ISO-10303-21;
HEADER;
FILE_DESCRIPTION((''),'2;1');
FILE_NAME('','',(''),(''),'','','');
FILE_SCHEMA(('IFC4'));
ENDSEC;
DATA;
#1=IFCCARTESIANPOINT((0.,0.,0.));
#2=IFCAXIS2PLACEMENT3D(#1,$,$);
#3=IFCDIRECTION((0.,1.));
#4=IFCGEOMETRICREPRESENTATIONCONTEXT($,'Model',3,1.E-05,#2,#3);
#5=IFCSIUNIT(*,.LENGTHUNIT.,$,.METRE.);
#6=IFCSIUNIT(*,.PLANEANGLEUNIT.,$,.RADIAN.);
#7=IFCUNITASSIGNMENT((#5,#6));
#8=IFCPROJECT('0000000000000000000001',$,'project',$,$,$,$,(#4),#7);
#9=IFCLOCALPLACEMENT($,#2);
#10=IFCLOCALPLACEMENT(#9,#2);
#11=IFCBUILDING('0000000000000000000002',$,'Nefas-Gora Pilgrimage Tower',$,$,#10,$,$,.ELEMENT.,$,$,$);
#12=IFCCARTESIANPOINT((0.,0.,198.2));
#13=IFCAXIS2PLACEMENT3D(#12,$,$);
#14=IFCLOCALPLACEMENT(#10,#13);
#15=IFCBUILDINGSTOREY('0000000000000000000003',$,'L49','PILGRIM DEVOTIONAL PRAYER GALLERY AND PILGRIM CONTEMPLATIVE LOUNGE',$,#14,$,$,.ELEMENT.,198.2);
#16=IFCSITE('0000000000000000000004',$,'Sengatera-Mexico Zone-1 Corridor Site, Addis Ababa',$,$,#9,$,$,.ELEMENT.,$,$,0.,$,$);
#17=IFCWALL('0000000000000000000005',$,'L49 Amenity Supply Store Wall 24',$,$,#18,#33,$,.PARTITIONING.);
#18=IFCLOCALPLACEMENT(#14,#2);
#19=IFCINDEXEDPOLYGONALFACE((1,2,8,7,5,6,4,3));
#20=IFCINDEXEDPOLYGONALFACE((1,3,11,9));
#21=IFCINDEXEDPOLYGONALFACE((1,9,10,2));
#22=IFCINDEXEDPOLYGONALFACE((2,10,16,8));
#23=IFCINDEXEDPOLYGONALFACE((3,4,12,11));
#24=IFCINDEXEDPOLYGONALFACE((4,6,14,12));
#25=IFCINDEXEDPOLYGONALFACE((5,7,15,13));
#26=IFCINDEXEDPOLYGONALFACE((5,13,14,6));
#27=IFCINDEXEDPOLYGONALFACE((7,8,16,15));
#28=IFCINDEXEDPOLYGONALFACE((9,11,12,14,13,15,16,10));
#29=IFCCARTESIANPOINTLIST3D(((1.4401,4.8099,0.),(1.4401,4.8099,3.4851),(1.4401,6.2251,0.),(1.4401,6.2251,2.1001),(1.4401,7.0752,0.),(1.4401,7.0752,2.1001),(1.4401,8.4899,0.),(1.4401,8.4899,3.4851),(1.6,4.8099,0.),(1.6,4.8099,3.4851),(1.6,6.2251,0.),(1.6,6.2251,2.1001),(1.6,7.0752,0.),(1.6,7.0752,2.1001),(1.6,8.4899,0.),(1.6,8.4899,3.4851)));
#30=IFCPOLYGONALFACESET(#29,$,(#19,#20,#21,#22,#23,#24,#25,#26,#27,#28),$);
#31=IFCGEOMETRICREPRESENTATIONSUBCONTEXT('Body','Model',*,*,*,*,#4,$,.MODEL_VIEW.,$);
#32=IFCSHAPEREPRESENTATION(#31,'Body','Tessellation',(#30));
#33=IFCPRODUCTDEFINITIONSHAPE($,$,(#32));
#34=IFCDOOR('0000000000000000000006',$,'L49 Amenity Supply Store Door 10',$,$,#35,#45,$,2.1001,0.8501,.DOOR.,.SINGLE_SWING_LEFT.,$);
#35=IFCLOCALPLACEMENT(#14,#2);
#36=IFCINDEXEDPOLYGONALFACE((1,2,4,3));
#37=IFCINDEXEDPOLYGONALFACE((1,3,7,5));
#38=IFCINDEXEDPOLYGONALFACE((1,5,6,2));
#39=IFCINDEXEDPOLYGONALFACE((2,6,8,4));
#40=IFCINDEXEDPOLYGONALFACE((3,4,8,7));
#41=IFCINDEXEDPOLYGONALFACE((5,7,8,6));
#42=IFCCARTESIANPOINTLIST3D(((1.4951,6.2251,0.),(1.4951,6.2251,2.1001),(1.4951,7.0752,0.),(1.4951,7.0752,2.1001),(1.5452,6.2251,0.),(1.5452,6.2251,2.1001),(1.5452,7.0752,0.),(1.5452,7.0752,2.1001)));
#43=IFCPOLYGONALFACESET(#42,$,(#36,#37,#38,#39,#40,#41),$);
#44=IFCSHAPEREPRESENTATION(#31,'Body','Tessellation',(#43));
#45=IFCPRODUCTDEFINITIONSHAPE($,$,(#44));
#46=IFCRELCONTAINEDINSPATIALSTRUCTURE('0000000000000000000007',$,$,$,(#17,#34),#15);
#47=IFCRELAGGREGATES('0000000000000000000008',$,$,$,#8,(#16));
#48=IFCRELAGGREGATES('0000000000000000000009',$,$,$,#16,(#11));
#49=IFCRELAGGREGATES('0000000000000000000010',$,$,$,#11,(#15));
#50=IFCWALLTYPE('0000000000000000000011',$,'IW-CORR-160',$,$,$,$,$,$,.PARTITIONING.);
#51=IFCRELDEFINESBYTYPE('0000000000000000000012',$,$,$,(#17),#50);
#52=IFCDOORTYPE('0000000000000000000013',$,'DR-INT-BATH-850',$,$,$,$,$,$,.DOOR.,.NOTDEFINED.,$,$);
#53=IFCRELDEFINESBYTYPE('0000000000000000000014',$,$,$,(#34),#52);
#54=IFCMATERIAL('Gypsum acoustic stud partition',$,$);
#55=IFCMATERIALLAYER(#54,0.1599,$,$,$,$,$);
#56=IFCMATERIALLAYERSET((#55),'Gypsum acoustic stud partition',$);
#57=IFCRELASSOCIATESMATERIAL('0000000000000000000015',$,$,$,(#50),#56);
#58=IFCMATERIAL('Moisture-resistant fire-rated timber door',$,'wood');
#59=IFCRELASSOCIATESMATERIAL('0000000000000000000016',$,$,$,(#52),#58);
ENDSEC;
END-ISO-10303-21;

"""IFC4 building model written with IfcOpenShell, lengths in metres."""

from ifc_helpers import new_model, si_unit, direction, frame, frame_2d, origin, place, context, subcontext, project, spatial, rectangle, extrude, source, transform, mapped, material, layer, layer_set, type_object, element, fill, save


model = new_model("IFC4")

# Units and contexts
model_context = context("Model", 3, precision=1e-05, world=origin(), true_north=direction((0.0, 1.0)))
body_context = subcontext(model_context, "Body", "Model", "MODEL_VIEW")
ifc_project = project(units=[si_unit("LENGTHUNIT", "METRE"), si_unit("PLANEANGLEUNIT", "RADIAN")], contexts=[model_context])

# Site, building, storey
site_placement = place(None, origin())
site = spatial("IfcSite", under=ifc_project, at=site_placement, Name="Sengatera-Mexico Zone-1 Corridor Site, Addis Ababa", CompositionType="ELEMENT", RefElevation=0.0)
building_placement = place(site_placement, origin())
building = spatial("IfcBuilding", under=site, at=building_placement, Name="Nefas-Gora Pilgrimage Tower", CompositionType="ELEMENT")
storey_placement = place(building_placement, frame((0.0, 0.0, 198.2)))
storey = spatial("IfcBuildingStorey", under=building, at=storey_placement, Name="L49", Description="PILGRIM DEVOTIONAL PRAYER GALLERY AND PILGRIM CONTEMPLATIVE LOUNGE", CompositionType="ELEMENT", Elevation=198.2)

# Wall, opening, door
ifc_material_1 = material(Name="Gypsum acoustic stud partition")
ifc_layer_1 = layer(ifc_material_1, 0.1599)
ifc_layer_set_1 = layer_set([ifc_layer_1], Name="Gypsum acoustic stud partition")
wall_type_1 = type_object("IfcWallType", Name="IW-CORR-160", PredefinedType="PARTITIONING", material=ifc_layer_set_1)
ifc_material_2 = material(Name="Moisture-resistant fire-rated timber door", Category="wood")
door_type = type_object("IfcDoorType", Name="DR-INT-BATH-850", OperationType="NOTDEFINED", PredefinedType="DOOR", material=ifc_material_2)
shared_shape_1 = source(origin(), body_context, "Body", "SweptSolid", [
    extrude(rectangle(XDim=0.8501, YDim=2.1001, at=frame_2d((0.425, 1.05))), frame((0.0, 0.0249, 0.0), z_axis=(0.0, -1.0, 0.0), x_axis=(1.0, 0.0, 0.0)), (0.0, 0.0, 1.0), 0.05),
])
shared_shape_2 = source(origin(), body_context, "Body", "SweptSolid", [
    extrude(rectangle(XDim=3.6799, YDim=0.1599, at=frame_2d((1.8398, 0.0))), origin(), (0.0, 0.0, 1.0), 3.4851),
])
wall_1_placement = place(storey_placement, frame((1.52, 4.8101, 0.0), z_axis=(0.0, 0.0, 1.0), x_axis=(0.0, 1.0, 0.0)))
wall_1 = element("IfcWall", 1, at=wall_1_placement, inside=storey, type_object=wall_type_1, Name="L49 Amenity Supply Store Wall 24", PredefinedType="PARTITIONING", context=body_context, shape_type="MappedRepresentation", body=[
    mapped(shared_shape_2, transform((0.0, 0.0, 0.0), x_axis=(1.0, 0.0, 0.0), y_axis=(0.0, 1.0, 0.0), z_axis=(0.0, 0.0, 1.0), scale=1.0)),
])
opening_1_placement = place(wall_1_placement, frame((1.415, 0.0, 0.0)))
opening_1 = element("IfcOpeningElement", 2, at=opening_1_placement, cuts=wall_1, PredefinedType="OPENING", context=body_context, shape_type="SweptSolid", body=[
    extrude(rectangle(XDim=0.8501, YDim=2.1001, at=frame_2d((0.425, 1.05))), frame((0.0, 0.0898, 0.0), z_axis=(0.0, -1.0, 0.0), x_axis=(1.0, 0.0, 0.0)), (0.0, 0.0, 1.0), 0.1799),
])
door_1_placement = place(opening_1_placement, origin())
door_1 = element("IfcDoor", 3, at=door_1_placement, inside=storey, type_object=door_type, Name="L49 Amenity Supply Store Door 10", OperationType="SINGLE_SWING_LEFT", OverallHeight=2.1001, OverallWidth=0.8501, PredefinedType="DOOR", context=body_context, shape_type="MappedRepresentation", body=[
    mapped(shared_shape_1, transform((0.0, 0.0, 0.0), x_axis=(1.0, 0.0, 0.0), y_axis=(0.0, 1.0, 0.0), z_axis=(0.0, 0.0, 1.0), scale=1.0)),
])
fill(opening_1, door_1)

save(model, "model.ifc")
